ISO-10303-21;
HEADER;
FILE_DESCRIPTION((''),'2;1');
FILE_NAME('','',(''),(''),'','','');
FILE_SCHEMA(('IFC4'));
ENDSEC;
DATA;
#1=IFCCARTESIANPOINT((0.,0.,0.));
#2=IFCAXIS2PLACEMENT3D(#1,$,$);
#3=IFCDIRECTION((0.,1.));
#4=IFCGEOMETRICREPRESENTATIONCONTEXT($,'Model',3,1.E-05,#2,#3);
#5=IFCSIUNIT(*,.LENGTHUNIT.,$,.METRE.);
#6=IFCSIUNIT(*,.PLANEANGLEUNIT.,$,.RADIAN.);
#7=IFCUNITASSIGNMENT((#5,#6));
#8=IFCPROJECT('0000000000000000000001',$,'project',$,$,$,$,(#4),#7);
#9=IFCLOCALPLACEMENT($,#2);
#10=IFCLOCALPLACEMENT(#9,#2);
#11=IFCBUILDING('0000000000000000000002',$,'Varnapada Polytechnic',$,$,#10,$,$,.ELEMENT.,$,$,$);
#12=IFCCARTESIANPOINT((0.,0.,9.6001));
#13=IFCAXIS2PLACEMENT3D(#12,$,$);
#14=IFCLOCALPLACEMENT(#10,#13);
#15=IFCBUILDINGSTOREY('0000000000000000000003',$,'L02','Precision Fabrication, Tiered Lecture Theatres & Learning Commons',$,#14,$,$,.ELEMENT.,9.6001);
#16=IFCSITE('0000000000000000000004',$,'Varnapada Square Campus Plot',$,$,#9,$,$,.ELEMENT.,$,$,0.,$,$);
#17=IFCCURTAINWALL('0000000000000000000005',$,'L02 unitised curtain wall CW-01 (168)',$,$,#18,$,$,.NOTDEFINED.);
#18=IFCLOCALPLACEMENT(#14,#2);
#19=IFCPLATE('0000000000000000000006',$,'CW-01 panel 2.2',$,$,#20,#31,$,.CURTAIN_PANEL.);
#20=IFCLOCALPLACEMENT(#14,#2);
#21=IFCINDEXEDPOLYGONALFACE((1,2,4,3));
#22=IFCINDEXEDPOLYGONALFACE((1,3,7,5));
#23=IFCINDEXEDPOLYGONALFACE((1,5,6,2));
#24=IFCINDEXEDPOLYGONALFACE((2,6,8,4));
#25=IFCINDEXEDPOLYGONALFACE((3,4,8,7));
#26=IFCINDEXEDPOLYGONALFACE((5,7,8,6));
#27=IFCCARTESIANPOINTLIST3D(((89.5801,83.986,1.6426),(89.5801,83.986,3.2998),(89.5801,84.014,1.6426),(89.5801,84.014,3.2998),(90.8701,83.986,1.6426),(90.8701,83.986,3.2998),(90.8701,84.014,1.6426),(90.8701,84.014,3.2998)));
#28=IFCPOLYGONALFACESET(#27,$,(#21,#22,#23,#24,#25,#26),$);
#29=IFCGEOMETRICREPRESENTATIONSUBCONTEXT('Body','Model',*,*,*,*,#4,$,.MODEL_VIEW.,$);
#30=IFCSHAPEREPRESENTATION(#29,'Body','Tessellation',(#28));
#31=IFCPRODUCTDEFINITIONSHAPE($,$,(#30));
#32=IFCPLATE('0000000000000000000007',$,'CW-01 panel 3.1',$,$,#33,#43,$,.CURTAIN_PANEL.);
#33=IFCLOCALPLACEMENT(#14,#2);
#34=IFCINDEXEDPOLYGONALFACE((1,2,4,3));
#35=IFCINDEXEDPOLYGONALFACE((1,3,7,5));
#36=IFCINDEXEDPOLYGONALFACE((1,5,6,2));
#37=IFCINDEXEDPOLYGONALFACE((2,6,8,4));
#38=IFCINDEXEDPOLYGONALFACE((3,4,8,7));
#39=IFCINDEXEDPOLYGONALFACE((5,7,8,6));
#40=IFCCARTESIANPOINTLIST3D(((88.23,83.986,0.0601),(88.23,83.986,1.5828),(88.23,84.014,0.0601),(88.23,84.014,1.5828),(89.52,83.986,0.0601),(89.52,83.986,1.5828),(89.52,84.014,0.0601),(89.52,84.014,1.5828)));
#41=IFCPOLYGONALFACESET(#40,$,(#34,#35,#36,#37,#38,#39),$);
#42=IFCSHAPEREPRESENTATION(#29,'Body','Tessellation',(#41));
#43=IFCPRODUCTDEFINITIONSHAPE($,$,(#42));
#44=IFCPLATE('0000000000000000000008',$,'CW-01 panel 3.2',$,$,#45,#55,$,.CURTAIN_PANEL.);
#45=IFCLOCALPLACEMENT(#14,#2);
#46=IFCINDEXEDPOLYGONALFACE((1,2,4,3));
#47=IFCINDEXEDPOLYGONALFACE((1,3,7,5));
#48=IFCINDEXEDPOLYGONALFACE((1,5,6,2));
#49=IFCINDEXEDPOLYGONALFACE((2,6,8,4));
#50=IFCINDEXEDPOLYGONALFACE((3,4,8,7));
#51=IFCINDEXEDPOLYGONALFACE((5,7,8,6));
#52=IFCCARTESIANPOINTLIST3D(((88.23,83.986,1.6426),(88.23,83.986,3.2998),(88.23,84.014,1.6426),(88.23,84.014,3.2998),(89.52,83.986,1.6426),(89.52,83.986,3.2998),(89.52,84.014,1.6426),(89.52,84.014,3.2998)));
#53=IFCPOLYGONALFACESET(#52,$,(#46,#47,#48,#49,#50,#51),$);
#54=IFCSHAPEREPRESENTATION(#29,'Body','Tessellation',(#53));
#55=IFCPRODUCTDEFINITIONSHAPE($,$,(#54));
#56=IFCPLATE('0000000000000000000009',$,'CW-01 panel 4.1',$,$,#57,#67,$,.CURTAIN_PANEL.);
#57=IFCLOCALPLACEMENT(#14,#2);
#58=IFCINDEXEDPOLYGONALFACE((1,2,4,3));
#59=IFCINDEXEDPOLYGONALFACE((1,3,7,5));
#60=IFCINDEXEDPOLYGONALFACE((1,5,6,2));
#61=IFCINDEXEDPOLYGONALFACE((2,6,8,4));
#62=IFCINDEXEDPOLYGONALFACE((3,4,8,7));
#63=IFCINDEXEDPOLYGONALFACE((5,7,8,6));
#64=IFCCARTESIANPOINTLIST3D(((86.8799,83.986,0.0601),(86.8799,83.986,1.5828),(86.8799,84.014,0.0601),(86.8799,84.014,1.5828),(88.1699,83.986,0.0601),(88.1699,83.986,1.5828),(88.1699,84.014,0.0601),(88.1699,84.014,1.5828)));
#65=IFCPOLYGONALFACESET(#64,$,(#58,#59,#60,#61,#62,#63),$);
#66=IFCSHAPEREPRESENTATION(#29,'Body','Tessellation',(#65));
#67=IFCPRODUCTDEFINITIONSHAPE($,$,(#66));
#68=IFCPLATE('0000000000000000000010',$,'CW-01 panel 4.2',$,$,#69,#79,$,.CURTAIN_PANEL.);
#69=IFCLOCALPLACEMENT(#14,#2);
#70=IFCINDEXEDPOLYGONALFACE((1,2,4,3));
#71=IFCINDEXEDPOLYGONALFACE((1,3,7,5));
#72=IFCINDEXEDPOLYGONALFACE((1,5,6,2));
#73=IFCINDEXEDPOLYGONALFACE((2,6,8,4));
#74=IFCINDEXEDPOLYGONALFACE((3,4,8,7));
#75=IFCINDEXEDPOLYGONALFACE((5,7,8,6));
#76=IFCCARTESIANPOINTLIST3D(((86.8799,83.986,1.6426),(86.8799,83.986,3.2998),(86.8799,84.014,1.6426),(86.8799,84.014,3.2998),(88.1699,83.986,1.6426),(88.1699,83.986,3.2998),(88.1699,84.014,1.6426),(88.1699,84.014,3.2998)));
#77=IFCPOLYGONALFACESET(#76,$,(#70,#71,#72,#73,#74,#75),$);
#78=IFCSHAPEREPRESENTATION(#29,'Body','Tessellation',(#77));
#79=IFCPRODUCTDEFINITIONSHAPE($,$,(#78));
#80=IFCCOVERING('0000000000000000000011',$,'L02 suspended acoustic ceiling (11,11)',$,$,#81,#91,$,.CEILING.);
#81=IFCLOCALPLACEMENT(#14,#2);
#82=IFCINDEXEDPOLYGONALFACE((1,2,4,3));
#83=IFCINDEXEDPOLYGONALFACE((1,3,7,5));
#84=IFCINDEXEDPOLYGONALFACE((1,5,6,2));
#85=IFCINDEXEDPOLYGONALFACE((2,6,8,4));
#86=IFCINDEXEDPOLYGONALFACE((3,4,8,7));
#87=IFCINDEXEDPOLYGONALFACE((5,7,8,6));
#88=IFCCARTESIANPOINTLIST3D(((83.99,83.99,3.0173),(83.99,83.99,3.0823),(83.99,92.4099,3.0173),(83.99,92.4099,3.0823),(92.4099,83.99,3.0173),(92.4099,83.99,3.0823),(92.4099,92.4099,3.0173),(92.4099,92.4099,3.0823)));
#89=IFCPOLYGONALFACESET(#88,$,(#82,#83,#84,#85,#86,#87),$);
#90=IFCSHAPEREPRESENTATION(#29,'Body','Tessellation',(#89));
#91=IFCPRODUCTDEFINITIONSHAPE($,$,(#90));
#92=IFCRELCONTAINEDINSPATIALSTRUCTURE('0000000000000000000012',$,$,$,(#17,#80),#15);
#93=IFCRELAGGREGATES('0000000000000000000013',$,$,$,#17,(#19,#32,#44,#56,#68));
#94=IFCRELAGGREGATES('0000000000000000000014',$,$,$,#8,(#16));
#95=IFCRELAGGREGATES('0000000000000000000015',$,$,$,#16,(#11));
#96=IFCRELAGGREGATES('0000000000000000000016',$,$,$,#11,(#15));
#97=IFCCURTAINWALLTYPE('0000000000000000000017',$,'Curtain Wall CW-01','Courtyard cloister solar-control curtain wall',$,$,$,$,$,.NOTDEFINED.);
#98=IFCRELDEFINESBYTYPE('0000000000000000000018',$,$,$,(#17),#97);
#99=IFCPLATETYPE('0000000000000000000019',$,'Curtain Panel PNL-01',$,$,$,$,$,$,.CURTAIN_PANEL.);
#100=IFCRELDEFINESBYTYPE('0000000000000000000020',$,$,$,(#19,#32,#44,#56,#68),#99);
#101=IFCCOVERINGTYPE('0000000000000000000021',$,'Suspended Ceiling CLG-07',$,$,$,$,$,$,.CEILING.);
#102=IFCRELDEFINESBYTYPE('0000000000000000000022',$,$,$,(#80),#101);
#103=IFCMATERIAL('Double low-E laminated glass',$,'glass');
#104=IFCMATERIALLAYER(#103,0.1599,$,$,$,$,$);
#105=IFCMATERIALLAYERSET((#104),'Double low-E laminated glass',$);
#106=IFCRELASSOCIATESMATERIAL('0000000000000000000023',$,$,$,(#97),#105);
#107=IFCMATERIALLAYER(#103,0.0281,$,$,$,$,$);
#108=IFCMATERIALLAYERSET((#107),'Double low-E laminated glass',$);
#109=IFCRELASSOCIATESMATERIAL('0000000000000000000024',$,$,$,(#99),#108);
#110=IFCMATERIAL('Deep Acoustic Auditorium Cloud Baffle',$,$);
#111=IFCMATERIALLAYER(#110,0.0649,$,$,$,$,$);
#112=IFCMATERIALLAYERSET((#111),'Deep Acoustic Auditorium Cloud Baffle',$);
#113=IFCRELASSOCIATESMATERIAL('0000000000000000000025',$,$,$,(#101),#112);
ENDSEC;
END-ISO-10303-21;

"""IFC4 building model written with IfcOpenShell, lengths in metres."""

from ifc_helpers import new_model, si_unit, direction, frame, origin, origin_2d, place, context, subcontext, project, spatial, rectangle, extrude, material, layer, layer_set, type_object, element, aggregate, save


model = new_model("IFC4")

# Units and contexts
model_context = context("Model", 3, precision=1e-05, world=origin(), true_north=direction((0.0, 1.0)))
body_context = subcontext(model_context, "Body", "Model", "MODEL_VIEW")
ifc_project = project(units=[si_unit("LENGTHUNIT", "METRE"), si_unit("PLANEANGLEUNIT", "RADIAN")], contexts=[model_context])

# Site, building, storey
site_placement = place(None, origin())
site = spatial("IfcSite", under=ifc_project, at=site_placement, Name="Varnapada Square Campus Plot", CompositionType="ELEMENT", RefElevation=0.0)
building_placement = place(site_placement, origin())
building = spatial("IfcBuilding", under=site, at=building_placement, Name="Varnapada Polytechnic", CompositionType="ELEMENT")
storey_placement = place(building_placement, frame((0.0, 0.0, 9.6001)))
storey = spatial("IfcBuildingStorey", under=building, at=storey_placement, Name="L02", Description="Precision Fabrication, Tiered Lecture Theatres & Learning Commons", CompositionType="ELEMENT", Elevation=9.6001)

# Curtain wall
ifc_material_1 = material(Name="Double low-E laminated glass", Category="glass")
ifc_layer_1 = layer(ifc_material_1, 0.1599)
ifc_layer_set_1 = layer_set([ifc_layer_1], Name="Double low-E laminated glass")
curtain_wall_type_1 = type_object("IfcCurtainWallType", Name="Curtain Wall CW-01", Description="Courtyard cloister solar-control curtain wall", PredefinedType="NOTDEFINED", material=ifc_layer_set_1)
curtain_wall_1_placement = place(storey_placement, origin())
curtain_wall_1 = element("IfcCurtainWall", 1, at=curtain_wall_1_placement, inside=storey, type_object=curtain_wall_type_1, Name="L02 unitised curtain wall CW-01 (168)", PredefinedType="NOTDEFINED")

# Plates
ifc_layer_2 = layer(ifc_material_1, 0.0281)
ifc_layer_set_2 = layer_set([ifc_layer_2], Name="Double low-E laminated glass")
plate_type = type_object("IfcPlateType", Name="Curtain Panel PNL-01", PredefinedType="CURTAIN_PANEL", material=ifc_layer_set_2)
plate_1_placement = place(storey_placement, frame((90.2251, 84.0, 1.6426), z_axis=(0.0, 0.0, 1.0), x_axis=(-1.0, 0.0, 0.0)))
plate_1 = element("IfcPlate", 2, at=plate_1_placement, type_object=plate_type, Name="CW-01 panel 2.2", PredefinedType="CURTAIN_PANEL", context=body_context, shape_type="SweptSolid", body=[
    extrude(rectangle(XDim=1.29, YDim=0.0281, at=origin_2d()), origin(), (0.0, 0.0, 1.0), 1.6572),
])
plate_2_placement = place(storey_placement, frame((88.875, 84.0, 0.0601), z_axis=(0.0, 0.0, 1.0), x_axis=(-1.0, 0.0, 0.0)))
plate_2 = element("IfcPlate", 3, at=plate_2_placement, type_object=plate_type, Name="CW-01 panel 3.1", PredefinedType="CURTAIN_PANEL", context=body_context, shape_type="SweptSolid", body=[
    extrude(rectangle(XDim=1.29, YDim=0.0281, at=origin_2d()), origin(), (0.0, 0.0, 1.0), 1.5227),
])
plate_3_placement = place(storey_placement, frame((88.875, 84.0, 1.6426), z_axis=(0.0, 0.0, 1.0), x_axis=(-1.0, 0.0, 0.0)))
plate_3 = element("IfcPlate", 4, at=plate_3_placement, type_object=plate_type, Name="CW-01 panel 3.2", PredefinedType="CURTAIN_PANEL", context=body_context, shape_type="SweptSolid", body=[
    extrude(rectangle(XDim=1.29, YDim=0.0281, at=origin_2d()), origin(), (0.0, 0.0, 1.0), 1.6572),
])
plate_4_placement = place(storey_placement, frame((87.5249, 84.0, 0.0601), z_axis=(0.0, 0.0, 1.0), x_axis=(-1.0, 0.0, 0.0)))
plate_4 = element("IfcPlate", 5, at=plate_4_placement, type_object=plate_type, Name="CW-01 panel 4.1", PredefinedType="CURTAIN_PANEL", context=body_context, shape_type="SweptSolid", body=[
    extrude(rectangle(XDim=1.29, YDim=0.0281, at=origin_2d()), origin(), (0.0, 0.0, 1.0), 1.5227),
])
plate_5_placement = place(storey_placement, frame((87.5249, 84.0, 1.6426), z_axis=(0.0, 0.0, 1.0), x_axis=(-1.0, 0.0, 0.0)))
plate_5 = element("IfcPlate", 6, at=plate_5_placement, type_object=plate_type, Name="CW-01 panel 4.2", PredefinedType="CURTAIN_PANEL", context=body_context, shape_type="SweptSolid", body=[
    extrude(rectangle(XDim=1.29, YDim=0.0281, at=origin_2d()), origin(), (0.0, 0.0, 1.0), 1.6572),
])
aggregate(curtain_wall_1, [plate_1, plate_2, plate_3, plate_4, plate_5])

# Covering
ifc_material_2 = material(Name="Deep Acoustic Auditorium Cloud Baffle")
ifc_layer_3 = layer(ifc_material_2, 0.0649)
ifc_layer_set_3 = layer_set([ifc_layer_3], Name="Deep Acoustic Auditorium Cloud Baffle")
covering_type = type_object("IfcCoveringType", Name="Suspended Ceiling CLG-07", PredefinedType="CEILING", material=ifc_layer_set_3)
covering_placement = place(storey_placement, frame((88.2, 88.2, 3.0173), z_axis=(0.0, 0.0, 1.0), x_axis=(1.0, 0.0, 0.0)))
element("IfcCovering", 7, at=covering_placement, inside=storey, type_object=covering_type, Name="L02 suspended acoustic ceiling (11,11)", PredefinedType="CEILING", context=body_context, shape_type="SweptSolid", body=[
    extrude(rectangle(XDim=8.4199, YDim=8.4199, at=origin_2d()), origin(), (0.0, 0.0, 1.0), 0.0649),
])

save(model, "model.ifc")
